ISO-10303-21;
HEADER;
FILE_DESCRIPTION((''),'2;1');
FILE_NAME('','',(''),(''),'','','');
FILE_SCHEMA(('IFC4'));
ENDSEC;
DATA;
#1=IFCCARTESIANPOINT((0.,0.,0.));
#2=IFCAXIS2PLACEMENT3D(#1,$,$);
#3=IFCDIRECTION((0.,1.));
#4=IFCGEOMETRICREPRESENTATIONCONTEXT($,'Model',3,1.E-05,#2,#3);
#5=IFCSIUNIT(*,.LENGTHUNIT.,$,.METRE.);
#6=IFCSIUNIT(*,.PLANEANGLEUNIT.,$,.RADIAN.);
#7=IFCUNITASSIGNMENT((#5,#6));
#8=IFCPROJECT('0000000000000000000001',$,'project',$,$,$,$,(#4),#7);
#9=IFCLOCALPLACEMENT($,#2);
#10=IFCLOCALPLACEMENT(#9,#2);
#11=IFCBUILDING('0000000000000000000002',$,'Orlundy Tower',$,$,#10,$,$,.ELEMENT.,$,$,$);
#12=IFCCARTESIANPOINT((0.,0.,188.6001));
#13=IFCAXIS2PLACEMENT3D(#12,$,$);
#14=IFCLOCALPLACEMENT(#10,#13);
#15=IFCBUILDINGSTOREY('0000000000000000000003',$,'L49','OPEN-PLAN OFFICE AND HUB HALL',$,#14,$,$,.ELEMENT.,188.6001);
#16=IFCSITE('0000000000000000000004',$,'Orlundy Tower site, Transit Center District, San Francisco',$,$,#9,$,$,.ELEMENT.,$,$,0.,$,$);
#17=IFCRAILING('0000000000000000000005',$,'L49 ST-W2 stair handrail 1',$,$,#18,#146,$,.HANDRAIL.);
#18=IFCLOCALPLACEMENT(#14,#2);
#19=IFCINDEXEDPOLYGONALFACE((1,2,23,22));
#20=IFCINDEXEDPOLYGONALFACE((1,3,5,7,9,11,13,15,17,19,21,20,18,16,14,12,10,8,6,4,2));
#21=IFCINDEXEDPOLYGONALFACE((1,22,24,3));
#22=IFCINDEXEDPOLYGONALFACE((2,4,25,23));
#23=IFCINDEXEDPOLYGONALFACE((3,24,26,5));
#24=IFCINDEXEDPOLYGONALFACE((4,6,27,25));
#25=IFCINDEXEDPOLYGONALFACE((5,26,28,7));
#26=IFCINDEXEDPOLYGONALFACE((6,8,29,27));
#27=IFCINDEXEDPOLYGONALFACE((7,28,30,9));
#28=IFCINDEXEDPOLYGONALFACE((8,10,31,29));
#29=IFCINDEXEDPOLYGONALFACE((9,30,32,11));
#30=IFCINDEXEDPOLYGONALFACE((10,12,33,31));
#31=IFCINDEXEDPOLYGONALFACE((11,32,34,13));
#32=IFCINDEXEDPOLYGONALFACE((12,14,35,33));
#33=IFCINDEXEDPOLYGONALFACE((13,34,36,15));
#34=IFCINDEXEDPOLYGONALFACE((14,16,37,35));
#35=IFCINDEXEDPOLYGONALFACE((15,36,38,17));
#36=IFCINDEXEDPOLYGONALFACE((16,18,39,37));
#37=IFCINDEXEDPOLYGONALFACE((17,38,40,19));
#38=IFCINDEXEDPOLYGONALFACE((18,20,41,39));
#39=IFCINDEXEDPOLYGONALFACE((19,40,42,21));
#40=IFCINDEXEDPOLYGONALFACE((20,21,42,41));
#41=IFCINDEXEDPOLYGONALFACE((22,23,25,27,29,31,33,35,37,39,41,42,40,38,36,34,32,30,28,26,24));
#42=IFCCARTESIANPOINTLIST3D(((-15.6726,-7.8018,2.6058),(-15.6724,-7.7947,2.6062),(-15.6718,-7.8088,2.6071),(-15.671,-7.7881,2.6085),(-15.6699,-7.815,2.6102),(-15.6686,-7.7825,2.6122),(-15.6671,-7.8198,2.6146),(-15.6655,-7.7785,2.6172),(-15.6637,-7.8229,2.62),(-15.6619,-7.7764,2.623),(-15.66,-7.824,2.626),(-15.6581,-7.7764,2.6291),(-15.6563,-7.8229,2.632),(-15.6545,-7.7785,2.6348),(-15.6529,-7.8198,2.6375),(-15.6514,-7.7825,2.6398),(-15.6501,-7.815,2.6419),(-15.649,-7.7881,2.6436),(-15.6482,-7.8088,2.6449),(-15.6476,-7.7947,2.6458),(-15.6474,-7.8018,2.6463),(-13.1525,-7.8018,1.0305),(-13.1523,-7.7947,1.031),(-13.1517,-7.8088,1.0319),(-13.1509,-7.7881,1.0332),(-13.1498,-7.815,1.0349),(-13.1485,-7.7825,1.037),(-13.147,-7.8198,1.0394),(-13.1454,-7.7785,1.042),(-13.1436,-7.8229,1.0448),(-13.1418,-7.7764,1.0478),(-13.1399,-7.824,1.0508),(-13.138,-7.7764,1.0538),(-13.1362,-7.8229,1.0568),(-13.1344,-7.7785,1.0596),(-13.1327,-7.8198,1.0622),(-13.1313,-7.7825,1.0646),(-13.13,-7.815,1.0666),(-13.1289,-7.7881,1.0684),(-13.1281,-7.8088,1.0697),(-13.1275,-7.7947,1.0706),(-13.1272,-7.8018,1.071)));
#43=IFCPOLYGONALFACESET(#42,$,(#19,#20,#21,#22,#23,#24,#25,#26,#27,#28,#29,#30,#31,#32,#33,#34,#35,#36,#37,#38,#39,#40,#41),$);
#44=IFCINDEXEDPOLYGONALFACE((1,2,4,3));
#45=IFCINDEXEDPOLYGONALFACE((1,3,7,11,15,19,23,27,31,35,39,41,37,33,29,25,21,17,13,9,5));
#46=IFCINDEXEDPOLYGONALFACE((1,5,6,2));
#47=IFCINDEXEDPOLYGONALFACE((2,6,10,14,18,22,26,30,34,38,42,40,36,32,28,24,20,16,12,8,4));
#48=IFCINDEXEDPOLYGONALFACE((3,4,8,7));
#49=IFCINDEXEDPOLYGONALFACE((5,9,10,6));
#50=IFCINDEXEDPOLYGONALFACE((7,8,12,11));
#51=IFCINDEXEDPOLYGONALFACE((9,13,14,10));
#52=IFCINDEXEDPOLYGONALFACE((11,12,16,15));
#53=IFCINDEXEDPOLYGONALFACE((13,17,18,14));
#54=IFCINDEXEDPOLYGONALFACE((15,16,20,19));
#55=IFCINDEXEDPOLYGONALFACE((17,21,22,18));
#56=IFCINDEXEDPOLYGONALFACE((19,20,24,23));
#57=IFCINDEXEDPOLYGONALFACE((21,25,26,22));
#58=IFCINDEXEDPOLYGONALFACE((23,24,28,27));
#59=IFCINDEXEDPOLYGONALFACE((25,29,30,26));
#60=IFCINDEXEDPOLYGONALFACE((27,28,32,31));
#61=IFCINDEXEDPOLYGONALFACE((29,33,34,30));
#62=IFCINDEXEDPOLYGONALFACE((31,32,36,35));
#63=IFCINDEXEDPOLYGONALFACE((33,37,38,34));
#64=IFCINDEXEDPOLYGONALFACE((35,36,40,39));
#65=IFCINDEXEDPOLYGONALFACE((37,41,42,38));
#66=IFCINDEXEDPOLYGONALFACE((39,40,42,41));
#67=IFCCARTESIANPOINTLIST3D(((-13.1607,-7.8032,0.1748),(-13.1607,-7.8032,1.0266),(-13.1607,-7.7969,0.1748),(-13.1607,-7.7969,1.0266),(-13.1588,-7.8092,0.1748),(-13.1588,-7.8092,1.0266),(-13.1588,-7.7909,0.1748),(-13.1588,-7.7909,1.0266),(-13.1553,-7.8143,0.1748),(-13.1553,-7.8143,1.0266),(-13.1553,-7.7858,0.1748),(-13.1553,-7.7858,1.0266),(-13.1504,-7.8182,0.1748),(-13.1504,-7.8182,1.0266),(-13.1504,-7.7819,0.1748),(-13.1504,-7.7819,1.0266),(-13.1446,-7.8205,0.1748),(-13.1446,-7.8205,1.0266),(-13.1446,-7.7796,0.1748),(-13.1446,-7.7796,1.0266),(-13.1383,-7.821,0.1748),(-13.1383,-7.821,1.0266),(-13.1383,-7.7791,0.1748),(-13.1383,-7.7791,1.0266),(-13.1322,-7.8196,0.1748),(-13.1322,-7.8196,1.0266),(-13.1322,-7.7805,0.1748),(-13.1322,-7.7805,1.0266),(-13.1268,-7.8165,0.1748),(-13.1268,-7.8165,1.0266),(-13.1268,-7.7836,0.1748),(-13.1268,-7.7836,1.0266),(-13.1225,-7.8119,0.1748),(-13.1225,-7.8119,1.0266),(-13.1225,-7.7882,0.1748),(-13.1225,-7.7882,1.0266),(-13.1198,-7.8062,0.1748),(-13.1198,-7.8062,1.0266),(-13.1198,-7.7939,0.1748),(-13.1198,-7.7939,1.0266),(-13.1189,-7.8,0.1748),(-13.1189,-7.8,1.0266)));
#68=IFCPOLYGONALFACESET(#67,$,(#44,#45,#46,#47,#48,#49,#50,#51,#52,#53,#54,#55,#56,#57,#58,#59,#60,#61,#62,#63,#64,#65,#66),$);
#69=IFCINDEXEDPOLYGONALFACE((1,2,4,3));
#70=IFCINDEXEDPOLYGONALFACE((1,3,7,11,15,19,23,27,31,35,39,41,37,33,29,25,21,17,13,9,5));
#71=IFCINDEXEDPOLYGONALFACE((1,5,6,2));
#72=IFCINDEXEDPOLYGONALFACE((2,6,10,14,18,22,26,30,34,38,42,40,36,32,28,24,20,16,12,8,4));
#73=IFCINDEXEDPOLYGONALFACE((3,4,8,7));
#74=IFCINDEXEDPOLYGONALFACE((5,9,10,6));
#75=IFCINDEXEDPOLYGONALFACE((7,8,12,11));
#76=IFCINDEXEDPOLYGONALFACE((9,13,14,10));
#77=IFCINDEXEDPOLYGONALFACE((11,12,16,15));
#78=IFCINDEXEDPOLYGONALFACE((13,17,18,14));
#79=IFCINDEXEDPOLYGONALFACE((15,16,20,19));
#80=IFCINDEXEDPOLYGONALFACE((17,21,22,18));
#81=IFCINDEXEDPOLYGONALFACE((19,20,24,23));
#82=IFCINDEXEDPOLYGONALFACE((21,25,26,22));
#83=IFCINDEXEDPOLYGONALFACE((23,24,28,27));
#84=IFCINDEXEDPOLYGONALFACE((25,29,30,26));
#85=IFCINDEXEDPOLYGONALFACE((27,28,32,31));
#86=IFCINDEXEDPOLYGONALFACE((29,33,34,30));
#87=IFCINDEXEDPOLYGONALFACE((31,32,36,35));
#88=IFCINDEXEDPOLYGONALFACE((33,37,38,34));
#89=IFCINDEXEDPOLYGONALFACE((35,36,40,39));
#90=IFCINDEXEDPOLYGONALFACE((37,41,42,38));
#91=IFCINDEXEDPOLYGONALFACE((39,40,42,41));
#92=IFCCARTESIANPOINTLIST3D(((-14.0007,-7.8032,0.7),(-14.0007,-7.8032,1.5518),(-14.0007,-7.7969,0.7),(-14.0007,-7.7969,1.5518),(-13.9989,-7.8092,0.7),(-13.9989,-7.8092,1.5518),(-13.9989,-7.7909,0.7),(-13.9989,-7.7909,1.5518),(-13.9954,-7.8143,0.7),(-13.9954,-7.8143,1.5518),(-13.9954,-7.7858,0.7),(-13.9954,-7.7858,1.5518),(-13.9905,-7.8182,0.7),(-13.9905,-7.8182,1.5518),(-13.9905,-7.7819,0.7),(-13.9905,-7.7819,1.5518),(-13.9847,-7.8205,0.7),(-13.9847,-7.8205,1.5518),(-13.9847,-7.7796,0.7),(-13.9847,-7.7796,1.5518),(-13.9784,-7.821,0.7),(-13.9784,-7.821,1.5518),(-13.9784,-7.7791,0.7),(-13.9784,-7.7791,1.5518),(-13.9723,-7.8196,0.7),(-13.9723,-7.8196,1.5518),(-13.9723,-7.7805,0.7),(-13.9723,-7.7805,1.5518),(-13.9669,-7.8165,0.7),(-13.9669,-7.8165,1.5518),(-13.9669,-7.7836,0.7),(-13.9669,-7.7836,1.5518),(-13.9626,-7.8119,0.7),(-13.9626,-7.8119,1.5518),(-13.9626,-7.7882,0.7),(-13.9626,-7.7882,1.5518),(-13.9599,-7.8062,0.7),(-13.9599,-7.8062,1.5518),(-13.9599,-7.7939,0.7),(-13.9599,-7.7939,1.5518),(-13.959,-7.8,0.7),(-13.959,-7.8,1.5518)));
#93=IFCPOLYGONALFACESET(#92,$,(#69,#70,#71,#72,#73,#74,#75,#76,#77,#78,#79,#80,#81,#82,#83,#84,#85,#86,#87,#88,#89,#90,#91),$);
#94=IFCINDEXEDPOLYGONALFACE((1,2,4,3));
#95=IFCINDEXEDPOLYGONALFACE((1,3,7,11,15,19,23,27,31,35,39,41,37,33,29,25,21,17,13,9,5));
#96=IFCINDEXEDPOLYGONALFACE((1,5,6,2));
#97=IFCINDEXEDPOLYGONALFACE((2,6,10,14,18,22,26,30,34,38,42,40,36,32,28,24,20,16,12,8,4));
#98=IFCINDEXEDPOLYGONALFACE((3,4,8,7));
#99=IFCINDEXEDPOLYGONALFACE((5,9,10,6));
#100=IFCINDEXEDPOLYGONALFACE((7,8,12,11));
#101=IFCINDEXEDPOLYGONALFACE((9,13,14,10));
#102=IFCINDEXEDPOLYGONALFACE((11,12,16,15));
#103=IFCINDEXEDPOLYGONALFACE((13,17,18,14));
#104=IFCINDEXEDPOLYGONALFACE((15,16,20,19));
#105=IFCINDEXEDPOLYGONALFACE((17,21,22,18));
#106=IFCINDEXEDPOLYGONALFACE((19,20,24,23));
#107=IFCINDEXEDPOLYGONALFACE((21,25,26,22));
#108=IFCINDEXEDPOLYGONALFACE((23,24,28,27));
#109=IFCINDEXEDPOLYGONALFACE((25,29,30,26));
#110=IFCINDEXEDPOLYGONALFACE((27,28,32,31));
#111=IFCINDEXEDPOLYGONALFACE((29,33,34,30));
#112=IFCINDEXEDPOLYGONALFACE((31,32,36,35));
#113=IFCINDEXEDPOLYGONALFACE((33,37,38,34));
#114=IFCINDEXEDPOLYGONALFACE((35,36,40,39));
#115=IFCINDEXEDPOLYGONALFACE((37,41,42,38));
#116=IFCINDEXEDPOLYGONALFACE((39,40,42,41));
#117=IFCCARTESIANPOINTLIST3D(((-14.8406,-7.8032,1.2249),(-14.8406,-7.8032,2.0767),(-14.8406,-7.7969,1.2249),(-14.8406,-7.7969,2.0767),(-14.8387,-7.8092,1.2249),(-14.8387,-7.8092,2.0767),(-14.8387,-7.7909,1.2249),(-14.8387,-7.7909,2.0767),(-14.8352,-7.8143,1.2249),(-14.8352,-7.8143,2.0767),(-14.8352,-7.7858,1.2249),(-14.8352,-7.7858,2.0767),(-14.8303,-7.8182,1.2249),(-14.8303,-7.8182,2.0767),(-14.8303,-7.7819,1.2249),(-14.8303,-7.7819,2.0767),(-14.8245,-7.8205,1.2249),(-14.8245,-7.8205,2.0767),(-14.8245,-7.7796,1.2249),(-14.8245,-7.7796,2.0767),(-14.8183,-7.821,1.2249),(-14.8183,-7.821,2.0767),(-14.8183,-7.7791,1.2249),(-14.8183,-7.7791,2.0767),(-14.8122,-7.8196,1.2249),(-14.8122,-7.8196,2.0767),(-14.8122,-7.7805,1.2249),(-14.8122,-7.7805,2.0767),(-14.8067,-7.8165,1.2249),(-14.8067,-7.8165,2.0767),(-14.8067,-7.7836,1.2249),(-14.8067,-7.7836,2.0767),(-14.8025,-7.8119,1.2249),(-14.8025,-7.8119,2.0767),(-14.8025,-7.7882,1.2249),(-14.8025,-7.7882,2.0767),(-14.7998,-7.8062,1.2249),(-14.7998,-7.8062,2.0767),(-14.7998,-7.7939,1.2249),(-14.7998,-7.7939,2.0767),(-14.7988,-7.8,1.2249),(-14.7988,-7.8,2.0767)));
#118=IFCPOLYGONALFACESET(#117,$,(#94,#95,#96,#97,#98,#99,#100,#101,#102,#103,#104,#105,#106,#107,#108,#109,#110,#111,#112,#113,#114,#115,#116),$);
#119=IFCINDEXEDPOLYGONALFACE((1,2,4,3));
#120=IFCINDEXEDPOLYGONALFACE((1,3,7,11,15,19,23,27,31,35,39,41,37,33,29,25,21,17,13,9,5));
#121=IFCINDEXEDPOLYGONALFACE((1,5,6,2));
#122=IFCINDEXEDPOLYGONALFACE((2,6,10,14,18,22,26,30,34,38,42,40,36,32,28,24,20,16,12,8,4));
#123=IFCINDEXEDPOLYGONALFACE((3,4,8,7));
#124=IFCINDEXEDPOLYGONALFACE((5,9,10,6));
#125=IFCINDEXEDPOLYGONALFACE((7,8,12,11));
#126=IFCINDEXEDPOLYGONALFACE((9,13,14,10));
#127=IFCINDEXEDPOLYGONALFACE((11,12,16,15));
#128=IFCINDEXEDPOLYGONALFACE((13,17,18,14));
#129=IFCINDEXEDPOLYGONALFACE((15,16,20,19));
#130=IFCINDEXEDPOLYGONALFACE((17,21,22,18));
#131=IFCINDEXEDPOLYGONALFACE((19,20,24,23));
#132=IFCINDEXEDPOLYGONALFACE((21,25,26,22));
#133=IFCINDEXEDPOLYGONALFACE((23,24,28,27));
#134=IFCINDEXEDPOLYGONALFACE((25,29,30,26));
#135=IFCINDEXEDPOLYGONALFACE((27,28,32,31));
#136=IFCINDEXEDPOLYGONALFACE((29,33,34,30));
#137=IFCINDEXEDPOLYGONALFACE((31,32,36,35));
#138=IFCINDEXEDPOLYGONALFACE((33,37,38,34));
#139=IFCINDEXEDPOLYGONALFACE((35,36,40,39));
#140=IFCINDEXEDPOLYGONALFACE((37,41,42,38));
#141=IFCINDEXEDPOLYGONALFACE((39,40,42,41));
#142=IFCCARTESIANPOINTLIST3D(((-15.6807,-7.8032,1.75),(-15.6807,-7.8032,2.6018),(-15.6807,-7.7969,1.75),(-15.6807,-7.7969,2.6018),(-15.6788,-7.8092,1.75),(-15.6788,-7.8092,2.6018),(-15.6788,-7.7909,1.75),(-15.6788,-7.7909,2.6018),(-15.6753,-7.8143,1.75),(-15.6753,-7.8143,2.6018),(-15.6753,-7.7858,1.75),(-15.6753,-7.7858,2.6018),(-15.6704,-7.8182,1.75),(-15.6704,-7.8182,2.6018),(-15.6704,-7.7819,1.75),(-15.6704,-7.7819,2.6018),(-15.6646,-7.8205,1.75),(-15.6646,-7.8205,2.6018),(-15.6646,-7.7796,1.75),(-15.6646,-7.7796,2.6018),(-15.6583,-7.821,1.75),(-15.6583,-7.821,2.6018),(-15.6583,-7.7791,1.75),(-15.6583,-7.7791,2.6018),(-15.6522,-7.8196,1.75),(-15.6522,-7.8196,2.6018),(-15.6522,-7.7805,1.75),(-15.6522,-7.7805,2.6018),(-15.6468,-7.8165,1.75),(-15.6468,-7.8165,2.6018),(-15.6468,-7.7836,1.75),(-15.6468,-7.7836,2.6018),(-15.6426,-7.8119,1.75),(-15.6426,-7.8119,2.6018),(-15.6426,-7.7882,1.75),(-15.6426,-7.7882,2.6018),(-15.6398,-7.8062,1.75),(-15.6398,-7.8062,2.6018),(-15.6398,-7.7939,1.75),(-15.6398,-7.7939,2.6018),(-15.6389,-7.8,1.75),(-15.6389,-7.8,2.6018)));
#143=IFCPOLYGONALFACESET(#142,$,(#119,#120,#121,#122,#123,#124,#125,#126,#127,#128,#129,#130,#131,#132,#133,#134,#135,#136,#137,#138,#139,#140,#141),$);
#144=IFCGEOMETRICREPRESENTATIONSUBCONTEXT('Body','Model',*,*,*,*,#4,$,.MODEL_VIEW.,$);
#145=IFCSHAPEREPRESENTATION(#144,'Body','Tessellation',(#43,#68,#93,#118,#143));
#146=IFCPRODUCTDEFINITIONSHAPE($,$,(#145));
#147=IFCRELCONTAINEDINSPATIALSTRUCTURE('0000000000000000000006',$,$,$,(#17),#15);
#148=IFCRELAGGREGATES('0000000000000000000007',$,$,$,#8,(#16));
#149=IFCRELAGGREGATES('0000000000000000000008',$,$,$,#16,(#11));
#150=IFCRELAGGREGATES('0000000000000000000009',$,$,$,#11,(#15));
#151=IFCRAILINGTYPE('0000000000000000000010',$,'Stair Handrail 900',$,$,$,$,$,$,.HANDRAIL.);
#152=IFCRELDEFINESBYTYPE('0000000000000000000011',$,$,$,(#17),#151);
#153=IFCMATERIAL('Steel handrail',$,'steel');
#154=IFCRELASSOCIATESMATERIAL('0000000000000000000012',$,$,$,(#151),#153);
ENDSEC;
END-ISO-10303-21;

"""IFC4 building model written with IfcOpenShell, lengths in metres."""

from ifc_helpers import new_model, si_unit, direction, frame, origin, origin_2d, place, context, subcontext, project, spatial, circle, extrude, material, type_object, element, save


model = new_model("IFC4")

# Units and contexts
model_context = context("Model", 3, precision=1e-05, world=origin(), true_north=direction((0.0, 1.0)))
body_context = subcontext(model_context, "Body", "Model", "MODEL_VIEW")
ifc_project = project(units=[si_unit("LENGTHUNIT", "METRE"), si_unit("PLANEANGLEUNIT", "RADIAN")], contexts=[model_context])

# Site, building, storey
site_placement = place(None, origin())
site = spatial("IfcSite", under=ifc_project, at=site_placement, Name="Orlundy Tower site, Transit Center District, San Francisco", CompositionType="ELEMENT", RefElevation=0.0)
building_placement = place(site_placement, origin())
building = spatial("IfcBuilding", under=site, at=building_placement, Name="Orlundy Tower", CompositionType="ELEMENT")
storey_placement = place(building_placement, frame((0.0, 0.0, 188.6001)))
storey = spatial("IfcBuildingStorey", under=building, at=storey_placement, Name="L49", Description="OPEN-PLAN OFFICE AND HUB HALL", CompositionType="ELEMENT", Elevation=188.6001)

# Railing
ifc_material_1 = material(Name="Steel handrail", Category="steel")
railing_type_1 = type_object("IfcRailingType", Name="Stair Handrail 900", PredefinedType="HANDRAIL", material=ifc_material_1)
railing_1_placement = place(storey_placement, frame((-13.1399, -7.8, 0.1748)))
element("IfcRailing", 1, at=railing_1_placement, inside=storey, type_object=railing_type_1, Name="L49 ST-W2 stair handrail 1", PredefinedType="HANDRAIL", context=body_context, shape_type="SweptSolid", body=[
    extrude(circle(Radius=0.0239, at=origin_2d()), frame((0.0, 0.0, 0.876), z_axis=(-0.847971, 0.0, 0.530043), x_axis=(0.0, -1.0, 0.0)), (0.0, 0.0, 1.0), 2.9719),
    extrude(circle(Radius=0.021, at=origin_2d()), origin(), (0.0, 0.0, 1.0), 0.8518),
    extrude(circle(Radius=0.021, at=origin_2d()), frame((-0.8401, 0.0, 0.5251)), (0.0, 0.0, 1.0), 0.8518),
    extrude(circle(Radius=0.021, at=origin_2d()), frame((-1.6799, 0.0, 1.05)), (0.0, 0.0, 1.0), 0.8518),
    extrude(circle(Radius=0.021, at=origin_2d()), frame((-2.52, 0.0, 1.5752)), (0.0, 0.0, 1.0), 0.8518),
])

save(model, "model.ifc")
